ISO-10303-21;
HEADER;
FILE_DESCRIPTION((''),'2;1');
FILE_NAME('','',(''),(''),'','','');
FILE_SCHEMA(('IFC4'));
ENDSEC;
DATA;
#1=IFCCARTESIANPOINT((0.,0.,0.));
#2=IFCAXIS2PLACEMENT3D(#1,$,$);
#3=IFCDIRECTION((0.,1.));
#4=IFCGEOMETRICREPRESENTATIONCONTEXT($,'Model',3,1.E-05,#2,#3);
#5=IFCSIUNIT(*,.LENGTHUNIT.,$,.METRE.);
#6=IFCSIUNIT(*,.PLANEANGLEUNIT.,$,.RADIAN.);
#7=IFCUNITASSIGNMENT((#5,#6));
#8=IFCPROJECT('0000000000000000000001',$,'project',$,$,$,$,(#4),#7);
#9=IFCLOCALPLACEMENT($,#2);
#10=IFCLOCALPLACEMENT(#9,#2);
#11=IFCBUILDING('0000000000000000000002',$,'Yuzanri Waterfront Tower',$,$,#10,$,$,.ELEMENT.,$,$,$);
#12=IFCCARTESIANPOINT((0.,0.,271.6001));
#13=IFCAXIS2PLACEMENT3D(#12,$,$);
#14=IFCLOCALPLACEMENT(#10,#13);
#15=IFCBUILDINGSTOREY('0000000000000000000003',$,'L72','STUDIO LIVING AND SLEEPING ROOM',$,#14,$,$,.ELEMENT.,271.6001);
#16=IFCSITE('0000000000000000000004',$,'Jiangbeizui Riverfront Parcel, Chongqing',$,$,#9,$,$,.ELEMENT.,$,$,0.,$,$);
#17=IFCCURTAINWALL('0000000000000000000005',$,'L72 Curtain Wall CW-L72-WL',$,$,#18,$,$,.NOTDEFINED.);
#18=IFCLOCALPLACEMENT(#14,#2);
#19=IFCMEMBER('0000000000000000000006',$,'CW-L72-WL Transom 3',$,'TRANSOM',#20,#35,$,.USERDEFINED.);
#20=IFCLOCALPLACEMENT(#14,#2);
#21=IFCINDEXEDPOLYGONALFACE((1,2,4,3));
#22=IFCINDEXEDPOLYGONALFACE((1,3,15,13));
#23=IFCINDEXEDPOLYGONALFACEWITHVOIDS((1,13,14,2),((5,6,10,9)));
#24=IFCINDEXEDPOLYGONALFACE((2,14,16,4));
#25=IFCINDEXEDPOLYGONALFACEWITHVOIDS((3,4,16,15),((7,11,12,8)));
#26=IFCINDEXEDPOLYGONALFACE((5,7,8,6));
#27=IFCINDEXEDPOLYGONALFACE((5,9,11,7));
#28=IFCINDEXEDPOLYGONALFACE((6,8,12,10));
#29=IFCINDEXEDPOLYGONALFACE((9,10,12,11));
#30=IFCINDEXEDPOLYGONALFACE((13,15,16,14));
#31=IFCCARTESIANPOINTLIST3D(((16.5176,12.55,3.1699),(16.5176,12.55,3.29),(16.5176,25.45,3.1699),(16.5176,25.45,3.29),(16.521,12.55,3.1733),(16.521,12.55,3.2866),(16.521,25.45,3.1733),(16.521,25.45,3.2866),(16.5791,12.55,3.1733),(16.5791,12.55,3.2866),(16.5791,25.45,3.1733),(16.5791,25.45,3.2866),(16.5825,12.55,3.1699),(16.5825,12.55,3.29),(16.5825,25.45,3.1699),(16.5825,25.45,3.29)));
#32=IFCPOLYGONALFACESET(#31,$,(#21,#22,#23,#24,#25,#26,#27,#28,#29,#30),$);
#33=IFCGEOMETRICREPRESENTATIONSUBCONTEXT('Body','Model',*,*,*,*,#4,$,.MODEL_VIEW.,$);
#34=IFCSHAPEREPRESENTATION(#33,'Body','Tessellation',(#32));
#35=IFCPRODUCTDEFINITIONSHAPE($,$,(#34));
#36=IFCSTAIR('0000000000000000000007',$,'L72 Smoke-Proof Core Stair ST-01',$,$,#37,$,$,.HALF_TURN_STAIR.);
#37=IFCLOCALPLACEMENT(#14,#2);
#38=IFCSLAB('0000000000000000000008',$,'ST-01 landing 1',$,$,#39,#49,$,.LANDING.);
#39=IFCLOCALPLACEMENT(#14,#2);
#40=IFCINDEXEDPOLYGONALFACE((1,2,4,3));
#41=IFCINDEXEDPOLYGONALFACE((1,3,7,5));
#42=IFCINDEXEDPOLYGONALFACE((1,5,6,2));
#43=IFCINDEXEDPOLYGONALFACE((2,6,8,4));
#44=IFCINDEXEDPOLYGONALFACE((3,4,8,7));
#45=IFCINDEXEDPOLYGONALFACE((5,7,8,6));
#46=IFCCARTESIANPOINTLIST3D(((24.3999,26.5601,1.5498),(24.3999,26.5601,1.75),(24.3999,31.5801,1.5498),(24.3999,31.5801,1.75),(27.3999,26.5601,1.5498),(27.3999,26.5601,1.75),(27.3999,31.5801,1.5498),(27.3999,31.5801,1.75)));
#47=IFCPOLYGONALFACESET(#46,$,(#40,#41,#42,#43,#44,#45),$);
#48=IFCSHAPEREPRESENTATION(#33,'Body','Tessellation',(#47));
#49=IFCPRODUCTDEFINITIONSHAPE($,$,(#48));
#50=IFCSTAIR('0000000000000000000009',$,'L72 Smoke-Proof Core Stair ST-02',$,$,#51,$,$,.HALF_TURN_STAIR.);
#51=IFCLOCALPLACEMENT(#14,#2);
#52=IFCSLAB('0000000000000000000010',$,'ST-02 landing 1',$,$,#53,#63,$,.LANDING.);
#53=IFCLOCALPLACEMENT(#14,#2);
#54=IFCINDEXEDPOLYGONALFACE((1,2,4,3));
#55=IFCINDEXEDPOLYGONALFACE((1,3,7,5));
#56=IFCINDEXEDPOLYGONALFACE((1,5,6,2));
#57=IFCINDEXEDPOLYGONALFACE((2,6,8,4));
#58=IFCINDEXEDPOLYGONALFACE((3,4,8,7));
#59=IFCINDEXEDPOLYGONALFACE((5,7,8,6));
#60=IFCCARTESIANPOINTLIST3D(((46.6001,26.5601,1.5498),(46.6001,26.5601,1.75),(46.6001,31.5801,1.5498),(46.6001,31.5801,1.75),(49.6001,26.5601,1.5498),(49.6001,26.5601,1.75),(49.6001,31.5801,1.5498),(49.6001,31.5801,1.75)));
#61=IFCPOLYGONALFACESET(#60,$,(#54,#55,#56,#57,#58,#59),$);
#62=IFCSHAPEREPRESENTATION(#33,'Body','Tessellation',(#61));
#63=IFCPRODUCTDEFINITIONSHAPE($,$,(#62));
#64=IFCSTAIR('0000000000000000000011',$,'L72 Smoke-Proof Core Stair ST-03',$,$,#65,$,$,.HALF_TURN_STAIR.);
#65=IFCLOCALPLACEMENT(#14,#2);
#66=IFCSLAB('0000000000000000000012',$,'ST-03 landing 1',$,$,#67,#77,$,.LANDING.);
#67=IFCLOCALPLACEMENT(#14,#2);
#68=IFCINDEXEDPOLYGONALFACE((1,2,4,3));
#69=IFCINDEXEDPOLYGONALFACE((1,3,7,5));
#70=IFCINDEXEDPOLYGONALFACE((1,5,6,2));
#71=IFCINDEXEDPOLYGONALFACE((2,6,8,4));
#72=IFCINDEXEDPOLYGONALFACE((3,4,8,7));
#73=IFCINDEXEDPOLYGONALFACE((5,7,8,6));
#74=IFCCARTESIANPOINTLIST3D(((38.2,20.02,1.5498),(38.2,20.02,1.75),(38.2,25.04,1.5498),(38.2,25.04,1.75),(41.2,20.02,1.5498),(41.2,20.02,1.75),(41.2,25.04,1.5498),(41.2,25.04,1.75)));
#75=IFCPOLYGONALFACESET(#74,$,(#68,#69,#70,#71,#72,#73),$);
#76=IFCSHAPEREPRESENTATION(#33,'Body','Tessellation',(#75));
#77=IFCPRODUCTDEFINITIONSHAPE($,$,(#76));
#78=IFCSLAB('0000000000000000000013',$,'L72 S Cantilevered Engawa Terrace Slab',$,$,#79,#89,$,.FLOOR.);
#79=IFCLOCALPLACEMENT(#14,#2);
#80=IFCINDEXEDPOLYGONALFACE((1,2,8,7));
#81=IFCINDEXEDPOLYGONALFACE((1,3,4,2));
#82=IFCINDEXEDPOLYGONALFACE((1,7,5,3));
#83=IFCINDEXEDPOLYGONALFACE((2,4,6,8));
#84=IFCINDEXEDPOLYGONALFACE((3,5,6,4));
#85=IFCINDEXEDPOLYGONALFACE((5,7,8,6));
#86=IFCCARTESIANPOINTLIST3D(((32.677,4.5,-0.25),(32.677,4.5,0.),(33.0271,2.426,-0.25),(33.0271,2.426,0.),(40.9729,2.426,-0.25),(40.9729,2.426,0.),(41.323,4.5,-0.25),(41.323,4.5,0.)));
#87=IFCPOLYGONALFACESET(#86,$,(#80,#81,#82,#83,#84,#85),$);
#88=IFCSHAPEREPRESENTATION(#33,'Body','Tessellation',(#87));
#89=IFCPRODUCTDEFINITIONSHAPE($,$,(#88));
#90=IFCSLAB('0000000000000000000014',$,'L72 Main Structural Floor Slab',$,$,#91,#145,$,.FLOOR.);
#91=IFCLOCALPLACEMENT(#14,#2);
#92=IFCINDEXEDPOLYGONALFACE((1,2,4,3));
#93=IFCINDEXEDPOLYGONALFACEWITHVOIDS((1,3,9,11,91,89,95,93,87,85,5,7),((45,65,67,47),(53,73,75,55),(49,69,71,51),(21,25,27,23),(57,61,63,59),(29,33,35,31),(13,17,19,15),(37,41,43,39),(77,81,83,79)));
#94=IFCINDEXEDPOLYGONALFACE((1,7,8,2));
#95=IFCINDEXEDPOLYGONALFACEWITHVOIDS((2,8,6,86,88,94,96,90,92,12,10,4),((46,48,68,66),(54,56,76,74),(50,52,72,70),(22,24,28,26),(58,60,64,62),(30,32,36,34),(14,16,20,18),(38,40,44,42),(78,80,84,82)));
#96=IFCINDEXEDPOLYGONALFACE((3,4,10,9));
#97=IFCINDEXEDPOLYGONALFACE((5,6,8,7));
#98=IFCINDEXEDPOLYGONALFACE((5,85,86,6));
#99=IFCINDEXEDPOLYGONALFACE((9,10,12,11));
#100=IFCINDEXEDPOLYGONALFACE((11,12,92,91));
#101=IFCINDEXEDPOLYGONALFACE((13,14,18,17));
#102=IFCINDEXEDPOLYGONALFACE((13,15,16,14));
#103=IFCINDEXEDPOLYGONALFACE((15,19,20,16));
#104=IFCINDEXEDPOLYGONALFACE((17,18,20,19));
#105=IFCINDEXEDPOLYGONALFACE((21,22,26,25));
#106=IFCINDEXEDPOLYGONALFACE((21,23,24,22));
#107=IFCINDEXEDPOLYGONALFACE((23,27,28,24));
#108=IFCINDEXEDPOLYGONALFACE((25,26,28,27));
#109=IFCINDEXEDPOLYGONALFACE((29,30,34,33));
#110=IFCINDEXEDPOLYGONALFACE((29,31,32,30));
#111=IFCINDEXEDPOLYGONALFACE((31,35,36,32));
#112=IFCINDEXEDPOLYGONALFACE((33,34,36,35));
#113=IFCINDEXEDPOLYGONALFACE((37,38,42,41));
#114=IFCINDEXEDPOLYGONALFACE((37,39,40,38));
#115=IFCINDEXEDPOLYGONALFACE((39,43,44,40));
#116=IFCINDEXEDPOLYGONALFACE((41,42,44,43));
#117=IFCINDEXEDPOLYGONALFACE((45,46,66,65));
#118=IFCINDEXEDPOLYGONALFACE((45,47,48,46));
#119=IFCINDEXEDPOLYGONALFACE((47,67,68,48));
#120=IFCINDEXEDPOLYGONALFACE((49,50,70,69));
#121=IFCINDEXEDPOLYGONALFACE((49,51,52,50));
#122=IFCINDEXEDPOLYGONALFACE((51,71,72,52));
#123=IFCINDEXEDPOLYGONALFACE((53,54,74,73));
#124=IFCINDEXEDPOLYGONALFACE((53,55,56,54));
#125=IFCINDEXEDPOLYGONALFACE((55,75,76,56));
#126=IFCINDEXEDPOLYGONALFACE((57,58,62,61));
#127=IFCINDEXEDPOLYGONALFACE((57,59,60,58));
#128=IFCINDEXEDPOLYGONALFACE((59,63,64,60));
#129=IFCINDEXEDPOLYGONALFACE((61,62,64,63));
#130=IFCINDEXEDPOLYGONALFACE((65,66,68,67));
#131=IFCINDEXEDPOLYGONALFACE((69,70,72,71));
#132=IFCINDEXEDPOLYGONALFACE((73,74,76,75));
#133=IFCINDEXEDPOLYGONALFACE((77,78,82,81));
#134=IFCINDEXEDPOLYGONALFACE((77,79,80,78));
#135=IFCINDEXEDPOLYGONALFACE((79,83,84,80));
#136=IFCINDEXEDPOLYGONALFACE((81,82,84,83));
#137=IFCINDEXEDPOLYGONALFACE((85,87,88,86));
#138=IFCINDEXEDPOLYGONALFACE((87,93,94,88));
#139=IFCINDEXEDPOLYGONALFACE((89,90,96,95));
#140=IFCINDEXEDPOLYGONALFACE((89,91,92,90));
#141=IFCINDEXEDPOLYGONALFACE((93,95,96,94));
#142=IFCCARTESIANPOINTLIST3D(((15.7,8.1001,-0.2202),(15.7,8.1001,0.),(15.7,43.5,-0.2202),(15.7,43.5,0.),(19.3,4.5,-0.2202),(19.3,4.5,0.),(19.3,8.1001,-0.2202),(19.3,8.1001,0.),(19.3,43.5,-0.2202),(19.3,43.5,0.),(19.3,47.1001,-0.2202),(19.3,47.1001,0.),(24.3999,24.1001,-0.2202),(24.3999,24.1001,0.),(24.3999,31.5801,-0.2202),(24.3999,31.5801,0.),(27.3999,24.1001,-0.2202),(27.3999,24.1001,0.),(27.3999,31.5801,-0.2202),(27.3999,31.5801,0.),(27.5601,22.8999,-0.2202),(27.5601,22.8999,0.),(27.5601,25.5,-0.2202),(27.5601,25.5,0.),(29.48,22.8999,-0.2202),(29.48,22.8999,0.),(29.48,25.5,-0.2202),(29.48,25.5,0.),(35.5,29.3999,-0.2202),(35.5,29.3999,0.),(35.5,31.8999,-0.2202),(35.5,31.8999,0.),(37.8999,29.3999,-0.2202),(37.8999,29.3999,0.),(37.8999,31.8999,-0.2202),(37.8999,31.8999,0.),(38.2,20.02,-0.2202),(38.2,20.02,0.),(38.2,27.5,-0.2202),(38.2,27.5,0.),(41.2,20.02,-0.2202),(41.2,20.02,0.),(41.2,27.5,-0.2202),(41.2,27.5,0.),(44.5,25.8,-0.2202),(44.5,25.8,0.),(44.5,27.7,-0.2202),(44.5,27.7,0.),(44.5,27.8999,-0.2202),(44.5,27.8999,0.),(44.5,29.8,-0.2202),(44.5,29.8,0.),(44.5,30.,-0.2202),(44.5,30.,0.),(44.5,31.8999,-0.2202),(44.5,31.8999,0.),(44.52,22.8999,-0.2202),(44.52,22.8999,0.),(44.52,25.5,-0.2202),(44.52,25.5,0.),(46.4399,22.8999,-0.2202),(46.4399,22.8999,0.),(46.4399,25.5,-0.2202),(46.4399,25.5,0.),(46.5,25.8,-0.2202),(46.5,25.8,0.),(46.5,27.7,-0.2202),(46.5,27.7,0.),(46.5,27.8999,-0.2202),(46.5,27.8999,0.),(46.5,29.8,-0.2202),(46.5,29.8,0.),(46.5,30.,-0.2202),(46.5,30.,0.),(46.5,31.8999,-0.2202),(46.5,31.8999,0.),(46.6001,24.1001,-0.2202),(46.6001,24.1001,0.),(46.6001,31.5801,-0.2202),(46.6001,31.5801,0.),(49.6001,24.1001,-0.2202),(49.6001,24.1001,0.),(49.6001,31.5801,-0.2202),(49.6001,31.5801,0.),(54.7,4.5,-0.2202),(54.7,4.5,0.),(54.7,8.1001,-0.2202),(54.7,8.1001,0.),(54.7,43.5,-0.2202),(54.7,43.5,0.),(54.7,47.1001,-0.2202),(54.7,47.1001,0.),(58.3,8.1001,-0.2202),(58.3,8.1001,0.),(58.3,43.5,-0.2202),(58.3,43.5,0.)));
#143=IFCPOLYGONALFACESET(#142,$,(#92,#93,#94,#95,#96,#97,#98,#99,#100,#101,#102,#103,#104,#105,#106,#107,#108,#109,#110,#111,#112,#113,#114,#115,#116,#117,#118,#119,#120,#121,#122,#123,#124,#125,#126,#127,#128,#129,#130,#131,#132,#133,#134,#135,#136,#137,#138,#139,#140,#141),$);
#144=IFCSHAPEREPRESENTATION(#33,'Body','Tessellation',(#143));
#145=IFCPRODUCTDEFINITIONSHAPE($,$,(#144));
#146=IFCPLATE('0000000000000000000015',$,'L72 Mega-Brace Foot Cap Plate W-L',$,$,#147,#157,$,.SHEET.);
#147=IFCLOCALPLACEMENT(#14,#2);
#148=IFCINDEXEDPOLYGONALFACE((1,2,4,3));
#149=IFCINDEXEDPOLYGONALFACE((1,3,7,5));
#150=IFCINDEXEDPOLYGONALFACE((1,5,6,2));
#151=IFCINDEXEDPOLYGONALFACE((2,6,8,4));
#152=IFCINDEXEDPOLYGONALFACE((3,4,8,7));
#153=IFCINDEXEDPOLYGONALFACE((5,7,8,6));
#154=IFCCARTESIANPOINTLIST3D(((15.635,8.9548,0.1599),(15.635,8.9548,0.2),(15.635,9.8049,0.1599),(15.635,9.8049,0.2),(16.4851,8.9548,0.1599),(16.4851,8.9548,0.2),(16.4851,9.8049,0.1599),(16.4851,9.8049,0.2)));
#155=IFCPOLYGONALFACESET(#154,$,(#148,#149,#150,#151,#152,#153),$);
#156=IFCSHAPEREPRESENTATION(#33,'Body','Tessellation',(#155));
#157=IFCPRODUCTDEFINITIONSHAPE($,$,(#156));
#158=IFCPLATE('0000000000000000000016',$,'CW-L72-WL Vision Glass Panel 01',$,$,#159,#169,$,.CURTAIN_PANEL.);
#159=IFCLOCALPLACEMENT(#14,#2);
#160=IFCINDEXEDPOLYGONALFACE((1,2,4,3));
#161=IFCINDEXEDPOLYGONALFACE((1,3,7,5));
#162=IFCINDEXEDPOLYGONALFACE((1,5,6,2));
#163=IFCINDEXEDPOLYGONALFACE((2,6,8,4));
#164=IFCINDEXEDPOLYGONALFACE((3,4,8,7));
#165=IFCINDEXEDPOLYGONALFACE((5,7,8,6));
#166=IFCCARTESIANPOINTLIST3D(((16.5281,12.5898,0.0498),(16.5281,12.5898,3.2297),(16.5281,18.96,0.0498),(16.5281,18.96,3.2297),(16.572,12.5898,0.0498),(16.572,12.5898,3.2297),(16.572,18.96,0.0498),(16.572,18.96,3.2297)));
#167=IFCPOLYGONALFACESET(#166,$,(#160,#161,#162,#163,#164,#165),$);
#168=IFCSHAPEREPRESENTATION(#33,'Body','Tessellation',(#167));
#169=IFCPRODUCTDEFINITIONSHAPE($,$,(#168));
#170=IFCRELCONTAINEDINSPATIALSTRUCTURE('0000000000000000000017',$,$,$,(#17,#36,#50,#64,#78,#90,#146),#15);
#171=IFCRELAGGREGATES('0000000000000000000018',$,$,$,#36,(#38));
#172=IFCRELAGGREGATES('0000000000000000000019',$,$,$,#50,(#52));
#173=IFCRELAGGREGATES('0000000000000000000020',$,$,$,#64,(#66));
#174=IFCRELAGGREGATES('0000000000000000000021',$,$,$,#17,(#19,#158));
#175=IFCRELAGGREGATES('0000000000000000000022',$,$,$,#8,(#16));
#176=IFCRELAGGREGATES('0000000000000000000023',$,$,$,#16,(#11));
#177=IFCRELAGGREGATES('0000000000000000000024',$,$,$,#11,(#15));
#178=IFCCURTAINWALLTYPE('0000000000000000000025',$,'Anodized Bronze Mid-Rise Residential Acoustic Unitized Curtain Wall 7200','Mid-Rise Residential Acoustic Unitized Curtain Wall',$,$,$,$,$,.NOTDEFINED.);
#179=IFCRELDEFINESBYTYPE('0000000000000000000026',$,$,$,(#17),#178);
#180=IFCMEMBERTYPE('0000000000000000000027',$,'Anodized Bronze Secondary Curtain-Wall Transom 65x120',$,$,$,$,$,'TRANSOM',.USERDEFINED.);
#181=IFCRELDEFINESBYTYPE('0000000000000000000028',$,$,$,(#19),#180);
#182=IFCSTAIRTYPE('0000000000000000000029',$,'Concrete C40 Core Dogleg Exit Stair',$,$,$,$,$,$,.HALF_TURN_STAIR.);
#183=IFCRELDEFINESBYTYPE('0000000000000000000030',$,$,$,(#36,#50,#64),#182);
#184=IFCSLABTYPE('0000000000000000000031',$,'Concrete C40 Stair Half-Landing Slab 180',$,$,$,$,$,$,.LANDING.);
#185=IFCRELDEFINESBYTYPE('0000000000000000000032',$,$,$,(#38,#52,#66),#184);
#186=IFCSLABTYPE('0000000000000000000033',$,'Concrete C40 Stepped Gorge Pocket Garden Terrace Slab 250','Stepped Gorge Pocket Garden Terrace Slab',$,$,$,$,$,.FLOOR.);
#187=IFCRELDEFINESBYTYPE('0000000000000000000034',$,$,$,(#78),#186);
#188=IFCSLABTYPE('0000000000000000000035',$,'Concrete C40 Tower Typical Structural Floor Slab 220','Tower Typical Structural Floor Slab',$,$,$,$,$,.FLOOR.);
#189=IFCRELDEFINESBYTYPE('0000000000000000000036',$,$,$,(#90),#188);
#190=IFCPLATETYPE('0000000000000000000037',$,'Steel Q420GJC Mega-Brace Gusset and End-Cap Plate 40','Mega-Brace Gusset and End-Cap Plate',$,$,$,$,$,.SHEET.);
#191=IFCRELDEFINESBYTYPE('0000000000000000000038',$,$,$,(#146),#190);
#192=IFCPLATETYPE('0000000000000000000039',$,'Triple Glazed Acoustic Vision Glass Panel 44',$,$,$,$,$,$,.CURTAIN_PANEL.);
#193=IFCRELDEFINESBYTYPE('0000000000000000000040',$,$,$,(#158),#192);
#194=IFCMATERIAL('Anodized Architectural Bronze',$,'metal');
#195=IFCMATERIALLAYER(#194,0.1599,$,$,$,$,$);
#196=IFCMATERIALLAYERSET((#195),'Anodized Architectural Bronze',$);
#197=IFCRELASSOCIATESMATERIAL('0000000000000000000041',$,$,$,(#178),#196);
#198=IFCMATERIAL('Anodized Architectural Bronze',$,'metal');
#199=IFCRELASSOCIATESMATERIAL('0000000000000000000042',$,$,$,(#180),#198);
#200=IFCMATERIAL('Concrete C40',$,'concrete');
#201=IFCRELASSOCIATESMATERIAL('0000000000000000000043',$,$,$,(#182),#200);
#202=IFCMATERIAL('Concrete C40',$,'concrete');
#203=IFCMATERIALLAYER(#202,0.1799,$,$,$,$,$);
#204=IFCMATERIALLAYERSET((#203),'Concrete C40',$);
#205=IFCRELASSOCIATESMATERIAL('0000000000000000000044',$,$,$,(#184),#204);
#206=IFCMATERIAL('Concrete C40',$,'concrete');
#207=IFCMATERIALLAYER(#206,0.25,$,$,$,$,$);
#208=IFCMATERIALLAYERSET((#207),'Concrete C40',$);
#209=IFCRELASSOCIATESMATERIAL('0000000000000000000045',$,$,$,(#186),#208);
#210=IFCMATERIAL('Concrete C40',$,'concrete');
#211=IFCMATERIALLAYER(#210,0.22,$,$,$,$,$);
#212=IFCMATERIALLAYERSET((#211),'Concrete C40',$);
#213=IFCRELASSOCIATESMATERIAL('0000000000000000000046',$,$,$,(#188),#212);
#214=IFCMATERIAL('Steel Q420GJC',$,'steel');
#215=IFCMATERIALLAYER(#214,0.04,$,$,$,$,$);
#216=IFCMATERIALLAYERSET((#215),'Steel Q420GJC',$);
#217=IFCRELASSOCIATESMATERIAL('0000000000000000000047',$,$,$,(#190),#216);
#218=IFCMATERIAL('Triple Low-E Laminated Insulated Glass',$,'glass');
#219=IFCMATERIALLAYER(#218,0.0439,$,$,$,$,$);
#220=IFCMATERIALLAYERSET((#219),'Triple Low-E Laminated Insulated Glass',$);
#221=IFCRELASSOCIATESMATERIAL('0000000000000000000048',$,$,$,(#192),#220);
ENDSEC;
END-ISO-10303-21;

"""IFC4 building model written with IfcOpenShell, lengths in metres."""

from ifc_helpers import new_model, si_unit, direction, frame, origin, origin_2d, place, context, subcontext, project, spatial, polyline, rectangle, hollow_rectangle, outline, extrude, source, transform, mapped, material, layer, layer_set, material_profile, profile_set, type_object, element, aggregate, save


model = new_model("IFC4")

# Units and contexts
model_context = context("Model", 3, precision=1e-05, world=origin(), true_north=direction((0.0, 1.0)))
body_context = subcontext(model_context, "Body", "Model", "MODEL_VIEW")
ifc_project = project(units=[si_unit("LENGTHUNIT", "METRE"), si_unit("PLANEANGLEUNIT", "RADIAN")], contexts=[model_context])

# Site, building, storey
site_placement = place(None, origin())
site = spatial("IfcSite", under=ifc_project, at=site_placement, Name="Jiangbeizui Riverfront Parcel, Chongqing", CompositionType="ELEMENT", RefElevation=0.0)
building_placement = place(site_placement, origin())
building = spatial("IfcBuilding", under=site, at=building_placement, Name="Yuzanri Waterfront Tower", CompositionType="ELEMENT")
storey_placement = place(building_placement, frame((0.0, 0.0, 271.6001)))
storey = spatial("IfcBuildingStorey", under=building, at=storey_placement, Name="L72", Description="STUDIO LIVING AND SLEEPING ROOM", CompositionType="ELEMENT", Elevation=271.6001)

# Curtain wall, member
ifc_material_1 = material(Name="Anodized Architectural Bronze", Category="metal")
ifc_layer_1 = layer(ifc_material_1, 0.1599)
ifc_layer_set_1 = layer_set([ifc_layer_1], Name="Anodized Architectural Bronze")
curtain_wall_type = type_object("IfcCurtainWallType", Name="Anodized Bronze Mid-Rise Residential Acoustic Unitized Curtain Wall 7200", Description="Mid-Rise Residential Acoustic Unitized Curtain Wall", PredefinedType="NOTDEFINED", material=ifc_layer_set_1)
curtain_wall_placement = place(storey_placement, origin())
curtain_wall = element("IfcCurtainWall", 1, at=curtain_wall_placement, inside=storey, type_object=curtain_wall_type, Name="L72 Curtain Wall CW-L72-WL", PredefinedType="NOTDEFINED")
ifc_material_2 = material(Name="Anodized Architectural Bronze", Category="metal")
ifc_material_profile_1 = material_profile(ifc_material_2, hollow_rectangle(XDim=0.0649, YDim=0.1201, WallThickness=0.0034, at=origin_2d()), Name="CWT 65x120")
ifc_profile_set_1 = profile_set([ifc_material_profile_1], Name="Anodized Architectural Bronze")
member_type_1 = type_object("IfcMemberType", Name="Anodized Bronze Secondary Curtain-Wall Transom 65x120", ElementType="TRANSOM", PredefinedType="USERDEFINED", material=ifc_profile_set_1)
shared_shape_1 = source(origin(), body_context, "Body", "SweptSolid", [
    extrude(hollow_rectangle(XDim=0.0649, YDim=0.1201, WallThickness=0.0034, at=origin_2d()), origin(), (0.0, 0.0, 1.0), 12.8999),
])
member_1_placement = place(storey_placement, frame((16.55, 12.55, 3.23), z_axis=(0.0, 1.0, 0.0), x_axis=(-1.0, 0.0, 0.0)))
member_1 = element("IfcMember", 2, at=member_1_placement, type_object=member_type_1, Name="CW-L72-WL Transom 3", ObjectType="TRANSOM", PredefinedType="USERDEFINED", context=body_context, shape_type="MappedRepresentation", body=[
    mapped(shared_shape_1, transform((0.0, 0.0, 0.0), scale=1.0)),
])

# Stairs, slabs
ifc_material_3 = material(Name="Concrete C40", Category="concrete")
stair_type = type_object("IfcStairType", Name="Concrete C40 Core Dogleg Exit Stair", PredefinedType="HALF_TURN_STAIR", material=ifc_material_3)
stair_1_placement = place(storey_placement, origin())
stair_1 = element("IfcStair", 3, at=stair_1_placement, inside=storey, type_object=stair_type, Name="L72 Smoke-Proof Core Stair ST-01", PredefinedType="HALF_TURN_STAIR")
ifc_material_4 = material(Name="Concrete C40", Category="concrete")
ifc_layer_2 = layer(ifc_material_4, 0.1799)
ifc_layer_set_2 = layer_set([ifc_layer_2], Name="Concrete C40")
slab_type_1 = type_object("IfcSlabType", Name="Concrete C40 Stair Half-Landing Slab 180", PredefinedType="LANDING", material=ifc_layer_set_2)
slab_1_placement = place(storey_placement, frame((0.0, 0.0, 1.5498)))
slab_1 = element("IfcSlab", 4, at=slab_1_placement, type_object=slab_type_1, Name="ST-01 landing 1", PredefinedType="LANDING", context=body_context, shape_type="SweptSolid", body=[
    extrude(outline(polyline([(27.3999, 26.5601), (27.3999, 31.5801), (24.3999, 31.5801), (24.3999, 26.5601), (27.3999, 26.5601)])), origin(), (0.0, 0.0, 1.0), 0.2002),
])
aggregate(stair_1, [slab_1])
stair_2_placement = place(storey_placement, origin())
stair_2 = element("IfcStair", 5, at=stair_2_placement, inside=storey, type_object=stair_type, Name="L72 Smoke-Proof Core Stair ST-02", PredefinedType="HALF_TURN_STAIR")
slab_2_placement = place(storey_placement, frame((0.0, 0.0, 1.5498)))
slab_2 = element("IfcSlab", 6, at=slab_2_placement, type_object=slab_type_1, Name="ST-02 landing 1", PredefinedType="LANDING", context=body_context, shape_type="SweptSolid", body=[
    extrude(outline(polyline([(49.6001, 26.5601), (49.6001, 31.5801), (46.6001, 31.5801), (46.6001, 26.5601), (49.6001, 26.5601)])), origin(), (0.0, 0.0, 1.0), 0.2002),
])
aggregate(stair_2, [slab_2])
stair_3_placement = place(storey_placement, origin())
stair_3 = element("IfcStair", 7, at=stair_3_placement, inside=storey, type_object=stair_type, Name="L72 Smoke-Proof Core Stair ST-03", PredefinedType="HALF_TURN_STAIR")
slab_3_placement = place(storey_placement, frame((0.0, 0.0, 1.5498)))
slab_3 = element("IfcSlab", 8, at=slab_3_placement, type_object=slab_type_1, Name="ST-03 landing 1", PredefinedType="LANDING", context=body_context, shape_type="SweptSolid", body=[
    extrude(outline(polyline([(38.2, 25.04), (38.2, 20.02), (41.2, 20.02), (41.2, 25.04), (38.2, 25.04)])), origin(), (0.0, 0.0, 1.0), 0.2002),
])
aggregate(stair_3, [slab_3])

# Slabs
ifc_material_5 = material(Name="Concrete C40", Category="concrete")
ifc_layer_3 = layer(ifc_material_5, 0.25)
ifc_layer_set_3 = layer_set([ifc_layer_3], Name="Concrete C40")
slab_type_2 = type_object("IfcSlabType", Name="Concrete C40 Stepped Gorge Pocket Garden Terrace Slab 250", Description="Stepped Gorge Pocket Garden Terrace Slab", PredefinedType="FLOOR", material=ifc_layer_set_3)
slab_4_placement = place(storey_placement, frame((0.0, 0.0, -0.25)))
element("IfcSlab", 9, at=slab_4_placement, inside=storey, type_object=slab_type_2, Name="L72 S Cantilevered Engawa Terrace Slab", PredefinedType="FLOOR", context=body_context, shape_type="SweptSolid", body=[
    extrude(outline(polyline([(32.677, 4.5), (41.323, 4.5), (40.9729, 2.426), (33.0271, 2.426), (32.677, 4.5)])), origin(), (0.0, 0.0, 1.0), 0.25),
])
ifc_material_6 = material(Name="Concrete C40", Category="concrete")
ifc_layer_4 = layer(ifc_material_6, 0.22)
ifc_layer_set_4 = layer_set([ifc_layer_4], Name="Concrete C40")
slab_type_3 = type_object("IfcSlabType", Name="Concrete C40 Tower Typical Structural Floor Slab 220", Description="Tower Typical Structural Floor Slab", PredefinedType="FLOOR", material=ifc_layer_set_4)
slab_5_placement = place(storey_placement, frame((0.0, 0.0, -0.2202)))
element("IfcSlab", 10, at=slab_5_placement, inside=storey, type_object=slab_type_3, Name="L72 Main Structural Floor Slab", PredefinedType="FLOOR", context=body_context, shape_type="SweptSolid", body=[
    extrude(outline(polyline([(19.3, 4.5), (54.7, 4.5), (54.7, 8.1001), (58.3, 8.1001), (58.3, 43.5), (54.7, 43.5), (54.7, 47.1001), (19.3, 47.1001), (19.3, 43.5), (15.7, 43.5), (15.7, 8.1001), (19.3, 8.1001), (19.3, 4.5)]), holes=[polyline([(27.3999, 24.1001), (27.3999, 31.5801), (24.3999, 31.5801), (24.3999, 24.1001), (27.3999, 24.1001)]), polyline([(49.6001, 24.1001), (49.6001, 31.5801), (46.6001, 31.5801), (46.6001, 24.1001), (49.6001, 24.1001)]), polyline([(38.2, 27.5), (38.2, 20.02), (41.2, 20.02), (41.2, 27.5), (38.2, 27.5)]), polyline([(27.5601, 22.8999), (29.48, 22.8999), (29.48, 25.5), (27.5601, 25.5), (27.5601, 22.8999)]), polyline([(44.52, 22.8999), (46.4399, 22.8999), (46.4399, 25.5), (44.52, 25.5), (44.52, 22.8999)]), polyline([(35.5, 29.3999), (37.8999, 29.3999), (37.8999, 31.8999), (35.5, 31.8999), (35.5, 29.3999)]), polyline([(44.5, 25.8), (46.5, 25.8), (46.5, 27.7), (44.5, 27.7), (44.5, 25.8)]), polyline([(44.5, 27.8999), (46.5, 27.8999), (46.5, 29.8), (44.5, 29.8), (44.5, 27.8999)]), polyline([(44.5, 30.0), (46.5, 30.0), (46.5, 31.8999), (44.5, 31.8999), (44.5, 30.0)])]), origin(), (0.0, 0.0, 1.0), 0.2202),
])

# Plates
ifc_material_7 = material(Name="Steel Q420GJC", Category="steel")
ifc_layer_5 = layer(ifc_material_7, 0.04)
ifc_layer_set_5 = layer_set([ifc_layer_5], Name="Steel Q420GJC")
plate_type_1 = type_object("IfcPlateType", Name="Steel Q420GJC Mega-Brace Gusset and End-Cap Plate 40", Description="Mega-Brace Gusset and End-Cap Plate", PredefinedType="SHEET", material=ifc_layer_set_5)
shared_shape_2 = source(origin(), body_context, "Body", "SweptSolid", [
    extrude(rectangle(XDim=0.8501, YDim=0.8501, at=origin_2d()), origin(), (0.0, 0.0, 1.0), 0.04),
])
plate_1_placement = place(storey_placement, frame((16.0601, 9.3799, 0.1599), z_axis=(0.0, 0.0, 1.0), x_axis=(1.0, 0.0, 0.0)))
element("IfcPlate", 11, at=plate_1_placement, inside=storey, type_object=plate_type_1, Name="L72 Mega-Brace Foot Cap Plate W-L", PredefinedType="SHEET", context=body_context, shape_type="MappedRepresentation", body=[
    mapped(shared_shape_2, transform((0.0, 0.0, 0.0), scale=1.0)),
])
ifc_material_8 = material(Name="Triple Low-E Laminated Insulated Glass", Category="glass")
ifc_layer_6 = layer(ifc_material_8, 0.0439)
ifc_layer_set_6 = layer_set([ifc_layer_6], Name="Triple Low-E Laminated Insulated Glass")
plate_type_2 = type_object("IfcPlateType", Name="Triple Glazed Acoustic Vision Glass Panel 44", PredefinedType="CURTAIN_PANEL", material=ifc_layer_set_6)
shared_shape_3 = source(origin(), body_context, "Body", "SweptSolid", [
    extrude(rectangle(XDim=6.3701, YDim=0.0439, at=origin_2d()), origin(), (0.0, 0.0, 1.0), 3.1799),
])
plate_2_placement = place(storey_placement, frame((16.55, 15.7749, 0.0498), z_axis=(0.0, 0.0, 1.0), x_axis=(0.0, 1.0, 0.0)))
plate_2 = element("IfcPlate", 12, at=plate_2_placement, type_object=plate_type_2, Name="CW-L72-WL Vision Glass Panel 01", PredefinedType="CURTAIN_PANEL", context=body_context, shape_type="MappedRepresentation", body=[
    mapped(shared_shape_3, transform((0.0, 0.0, 0.0), scale=1.0)),
])
aggregate(curtain_wall, [member_1, plate_2])

save(model, "model.ifc")
